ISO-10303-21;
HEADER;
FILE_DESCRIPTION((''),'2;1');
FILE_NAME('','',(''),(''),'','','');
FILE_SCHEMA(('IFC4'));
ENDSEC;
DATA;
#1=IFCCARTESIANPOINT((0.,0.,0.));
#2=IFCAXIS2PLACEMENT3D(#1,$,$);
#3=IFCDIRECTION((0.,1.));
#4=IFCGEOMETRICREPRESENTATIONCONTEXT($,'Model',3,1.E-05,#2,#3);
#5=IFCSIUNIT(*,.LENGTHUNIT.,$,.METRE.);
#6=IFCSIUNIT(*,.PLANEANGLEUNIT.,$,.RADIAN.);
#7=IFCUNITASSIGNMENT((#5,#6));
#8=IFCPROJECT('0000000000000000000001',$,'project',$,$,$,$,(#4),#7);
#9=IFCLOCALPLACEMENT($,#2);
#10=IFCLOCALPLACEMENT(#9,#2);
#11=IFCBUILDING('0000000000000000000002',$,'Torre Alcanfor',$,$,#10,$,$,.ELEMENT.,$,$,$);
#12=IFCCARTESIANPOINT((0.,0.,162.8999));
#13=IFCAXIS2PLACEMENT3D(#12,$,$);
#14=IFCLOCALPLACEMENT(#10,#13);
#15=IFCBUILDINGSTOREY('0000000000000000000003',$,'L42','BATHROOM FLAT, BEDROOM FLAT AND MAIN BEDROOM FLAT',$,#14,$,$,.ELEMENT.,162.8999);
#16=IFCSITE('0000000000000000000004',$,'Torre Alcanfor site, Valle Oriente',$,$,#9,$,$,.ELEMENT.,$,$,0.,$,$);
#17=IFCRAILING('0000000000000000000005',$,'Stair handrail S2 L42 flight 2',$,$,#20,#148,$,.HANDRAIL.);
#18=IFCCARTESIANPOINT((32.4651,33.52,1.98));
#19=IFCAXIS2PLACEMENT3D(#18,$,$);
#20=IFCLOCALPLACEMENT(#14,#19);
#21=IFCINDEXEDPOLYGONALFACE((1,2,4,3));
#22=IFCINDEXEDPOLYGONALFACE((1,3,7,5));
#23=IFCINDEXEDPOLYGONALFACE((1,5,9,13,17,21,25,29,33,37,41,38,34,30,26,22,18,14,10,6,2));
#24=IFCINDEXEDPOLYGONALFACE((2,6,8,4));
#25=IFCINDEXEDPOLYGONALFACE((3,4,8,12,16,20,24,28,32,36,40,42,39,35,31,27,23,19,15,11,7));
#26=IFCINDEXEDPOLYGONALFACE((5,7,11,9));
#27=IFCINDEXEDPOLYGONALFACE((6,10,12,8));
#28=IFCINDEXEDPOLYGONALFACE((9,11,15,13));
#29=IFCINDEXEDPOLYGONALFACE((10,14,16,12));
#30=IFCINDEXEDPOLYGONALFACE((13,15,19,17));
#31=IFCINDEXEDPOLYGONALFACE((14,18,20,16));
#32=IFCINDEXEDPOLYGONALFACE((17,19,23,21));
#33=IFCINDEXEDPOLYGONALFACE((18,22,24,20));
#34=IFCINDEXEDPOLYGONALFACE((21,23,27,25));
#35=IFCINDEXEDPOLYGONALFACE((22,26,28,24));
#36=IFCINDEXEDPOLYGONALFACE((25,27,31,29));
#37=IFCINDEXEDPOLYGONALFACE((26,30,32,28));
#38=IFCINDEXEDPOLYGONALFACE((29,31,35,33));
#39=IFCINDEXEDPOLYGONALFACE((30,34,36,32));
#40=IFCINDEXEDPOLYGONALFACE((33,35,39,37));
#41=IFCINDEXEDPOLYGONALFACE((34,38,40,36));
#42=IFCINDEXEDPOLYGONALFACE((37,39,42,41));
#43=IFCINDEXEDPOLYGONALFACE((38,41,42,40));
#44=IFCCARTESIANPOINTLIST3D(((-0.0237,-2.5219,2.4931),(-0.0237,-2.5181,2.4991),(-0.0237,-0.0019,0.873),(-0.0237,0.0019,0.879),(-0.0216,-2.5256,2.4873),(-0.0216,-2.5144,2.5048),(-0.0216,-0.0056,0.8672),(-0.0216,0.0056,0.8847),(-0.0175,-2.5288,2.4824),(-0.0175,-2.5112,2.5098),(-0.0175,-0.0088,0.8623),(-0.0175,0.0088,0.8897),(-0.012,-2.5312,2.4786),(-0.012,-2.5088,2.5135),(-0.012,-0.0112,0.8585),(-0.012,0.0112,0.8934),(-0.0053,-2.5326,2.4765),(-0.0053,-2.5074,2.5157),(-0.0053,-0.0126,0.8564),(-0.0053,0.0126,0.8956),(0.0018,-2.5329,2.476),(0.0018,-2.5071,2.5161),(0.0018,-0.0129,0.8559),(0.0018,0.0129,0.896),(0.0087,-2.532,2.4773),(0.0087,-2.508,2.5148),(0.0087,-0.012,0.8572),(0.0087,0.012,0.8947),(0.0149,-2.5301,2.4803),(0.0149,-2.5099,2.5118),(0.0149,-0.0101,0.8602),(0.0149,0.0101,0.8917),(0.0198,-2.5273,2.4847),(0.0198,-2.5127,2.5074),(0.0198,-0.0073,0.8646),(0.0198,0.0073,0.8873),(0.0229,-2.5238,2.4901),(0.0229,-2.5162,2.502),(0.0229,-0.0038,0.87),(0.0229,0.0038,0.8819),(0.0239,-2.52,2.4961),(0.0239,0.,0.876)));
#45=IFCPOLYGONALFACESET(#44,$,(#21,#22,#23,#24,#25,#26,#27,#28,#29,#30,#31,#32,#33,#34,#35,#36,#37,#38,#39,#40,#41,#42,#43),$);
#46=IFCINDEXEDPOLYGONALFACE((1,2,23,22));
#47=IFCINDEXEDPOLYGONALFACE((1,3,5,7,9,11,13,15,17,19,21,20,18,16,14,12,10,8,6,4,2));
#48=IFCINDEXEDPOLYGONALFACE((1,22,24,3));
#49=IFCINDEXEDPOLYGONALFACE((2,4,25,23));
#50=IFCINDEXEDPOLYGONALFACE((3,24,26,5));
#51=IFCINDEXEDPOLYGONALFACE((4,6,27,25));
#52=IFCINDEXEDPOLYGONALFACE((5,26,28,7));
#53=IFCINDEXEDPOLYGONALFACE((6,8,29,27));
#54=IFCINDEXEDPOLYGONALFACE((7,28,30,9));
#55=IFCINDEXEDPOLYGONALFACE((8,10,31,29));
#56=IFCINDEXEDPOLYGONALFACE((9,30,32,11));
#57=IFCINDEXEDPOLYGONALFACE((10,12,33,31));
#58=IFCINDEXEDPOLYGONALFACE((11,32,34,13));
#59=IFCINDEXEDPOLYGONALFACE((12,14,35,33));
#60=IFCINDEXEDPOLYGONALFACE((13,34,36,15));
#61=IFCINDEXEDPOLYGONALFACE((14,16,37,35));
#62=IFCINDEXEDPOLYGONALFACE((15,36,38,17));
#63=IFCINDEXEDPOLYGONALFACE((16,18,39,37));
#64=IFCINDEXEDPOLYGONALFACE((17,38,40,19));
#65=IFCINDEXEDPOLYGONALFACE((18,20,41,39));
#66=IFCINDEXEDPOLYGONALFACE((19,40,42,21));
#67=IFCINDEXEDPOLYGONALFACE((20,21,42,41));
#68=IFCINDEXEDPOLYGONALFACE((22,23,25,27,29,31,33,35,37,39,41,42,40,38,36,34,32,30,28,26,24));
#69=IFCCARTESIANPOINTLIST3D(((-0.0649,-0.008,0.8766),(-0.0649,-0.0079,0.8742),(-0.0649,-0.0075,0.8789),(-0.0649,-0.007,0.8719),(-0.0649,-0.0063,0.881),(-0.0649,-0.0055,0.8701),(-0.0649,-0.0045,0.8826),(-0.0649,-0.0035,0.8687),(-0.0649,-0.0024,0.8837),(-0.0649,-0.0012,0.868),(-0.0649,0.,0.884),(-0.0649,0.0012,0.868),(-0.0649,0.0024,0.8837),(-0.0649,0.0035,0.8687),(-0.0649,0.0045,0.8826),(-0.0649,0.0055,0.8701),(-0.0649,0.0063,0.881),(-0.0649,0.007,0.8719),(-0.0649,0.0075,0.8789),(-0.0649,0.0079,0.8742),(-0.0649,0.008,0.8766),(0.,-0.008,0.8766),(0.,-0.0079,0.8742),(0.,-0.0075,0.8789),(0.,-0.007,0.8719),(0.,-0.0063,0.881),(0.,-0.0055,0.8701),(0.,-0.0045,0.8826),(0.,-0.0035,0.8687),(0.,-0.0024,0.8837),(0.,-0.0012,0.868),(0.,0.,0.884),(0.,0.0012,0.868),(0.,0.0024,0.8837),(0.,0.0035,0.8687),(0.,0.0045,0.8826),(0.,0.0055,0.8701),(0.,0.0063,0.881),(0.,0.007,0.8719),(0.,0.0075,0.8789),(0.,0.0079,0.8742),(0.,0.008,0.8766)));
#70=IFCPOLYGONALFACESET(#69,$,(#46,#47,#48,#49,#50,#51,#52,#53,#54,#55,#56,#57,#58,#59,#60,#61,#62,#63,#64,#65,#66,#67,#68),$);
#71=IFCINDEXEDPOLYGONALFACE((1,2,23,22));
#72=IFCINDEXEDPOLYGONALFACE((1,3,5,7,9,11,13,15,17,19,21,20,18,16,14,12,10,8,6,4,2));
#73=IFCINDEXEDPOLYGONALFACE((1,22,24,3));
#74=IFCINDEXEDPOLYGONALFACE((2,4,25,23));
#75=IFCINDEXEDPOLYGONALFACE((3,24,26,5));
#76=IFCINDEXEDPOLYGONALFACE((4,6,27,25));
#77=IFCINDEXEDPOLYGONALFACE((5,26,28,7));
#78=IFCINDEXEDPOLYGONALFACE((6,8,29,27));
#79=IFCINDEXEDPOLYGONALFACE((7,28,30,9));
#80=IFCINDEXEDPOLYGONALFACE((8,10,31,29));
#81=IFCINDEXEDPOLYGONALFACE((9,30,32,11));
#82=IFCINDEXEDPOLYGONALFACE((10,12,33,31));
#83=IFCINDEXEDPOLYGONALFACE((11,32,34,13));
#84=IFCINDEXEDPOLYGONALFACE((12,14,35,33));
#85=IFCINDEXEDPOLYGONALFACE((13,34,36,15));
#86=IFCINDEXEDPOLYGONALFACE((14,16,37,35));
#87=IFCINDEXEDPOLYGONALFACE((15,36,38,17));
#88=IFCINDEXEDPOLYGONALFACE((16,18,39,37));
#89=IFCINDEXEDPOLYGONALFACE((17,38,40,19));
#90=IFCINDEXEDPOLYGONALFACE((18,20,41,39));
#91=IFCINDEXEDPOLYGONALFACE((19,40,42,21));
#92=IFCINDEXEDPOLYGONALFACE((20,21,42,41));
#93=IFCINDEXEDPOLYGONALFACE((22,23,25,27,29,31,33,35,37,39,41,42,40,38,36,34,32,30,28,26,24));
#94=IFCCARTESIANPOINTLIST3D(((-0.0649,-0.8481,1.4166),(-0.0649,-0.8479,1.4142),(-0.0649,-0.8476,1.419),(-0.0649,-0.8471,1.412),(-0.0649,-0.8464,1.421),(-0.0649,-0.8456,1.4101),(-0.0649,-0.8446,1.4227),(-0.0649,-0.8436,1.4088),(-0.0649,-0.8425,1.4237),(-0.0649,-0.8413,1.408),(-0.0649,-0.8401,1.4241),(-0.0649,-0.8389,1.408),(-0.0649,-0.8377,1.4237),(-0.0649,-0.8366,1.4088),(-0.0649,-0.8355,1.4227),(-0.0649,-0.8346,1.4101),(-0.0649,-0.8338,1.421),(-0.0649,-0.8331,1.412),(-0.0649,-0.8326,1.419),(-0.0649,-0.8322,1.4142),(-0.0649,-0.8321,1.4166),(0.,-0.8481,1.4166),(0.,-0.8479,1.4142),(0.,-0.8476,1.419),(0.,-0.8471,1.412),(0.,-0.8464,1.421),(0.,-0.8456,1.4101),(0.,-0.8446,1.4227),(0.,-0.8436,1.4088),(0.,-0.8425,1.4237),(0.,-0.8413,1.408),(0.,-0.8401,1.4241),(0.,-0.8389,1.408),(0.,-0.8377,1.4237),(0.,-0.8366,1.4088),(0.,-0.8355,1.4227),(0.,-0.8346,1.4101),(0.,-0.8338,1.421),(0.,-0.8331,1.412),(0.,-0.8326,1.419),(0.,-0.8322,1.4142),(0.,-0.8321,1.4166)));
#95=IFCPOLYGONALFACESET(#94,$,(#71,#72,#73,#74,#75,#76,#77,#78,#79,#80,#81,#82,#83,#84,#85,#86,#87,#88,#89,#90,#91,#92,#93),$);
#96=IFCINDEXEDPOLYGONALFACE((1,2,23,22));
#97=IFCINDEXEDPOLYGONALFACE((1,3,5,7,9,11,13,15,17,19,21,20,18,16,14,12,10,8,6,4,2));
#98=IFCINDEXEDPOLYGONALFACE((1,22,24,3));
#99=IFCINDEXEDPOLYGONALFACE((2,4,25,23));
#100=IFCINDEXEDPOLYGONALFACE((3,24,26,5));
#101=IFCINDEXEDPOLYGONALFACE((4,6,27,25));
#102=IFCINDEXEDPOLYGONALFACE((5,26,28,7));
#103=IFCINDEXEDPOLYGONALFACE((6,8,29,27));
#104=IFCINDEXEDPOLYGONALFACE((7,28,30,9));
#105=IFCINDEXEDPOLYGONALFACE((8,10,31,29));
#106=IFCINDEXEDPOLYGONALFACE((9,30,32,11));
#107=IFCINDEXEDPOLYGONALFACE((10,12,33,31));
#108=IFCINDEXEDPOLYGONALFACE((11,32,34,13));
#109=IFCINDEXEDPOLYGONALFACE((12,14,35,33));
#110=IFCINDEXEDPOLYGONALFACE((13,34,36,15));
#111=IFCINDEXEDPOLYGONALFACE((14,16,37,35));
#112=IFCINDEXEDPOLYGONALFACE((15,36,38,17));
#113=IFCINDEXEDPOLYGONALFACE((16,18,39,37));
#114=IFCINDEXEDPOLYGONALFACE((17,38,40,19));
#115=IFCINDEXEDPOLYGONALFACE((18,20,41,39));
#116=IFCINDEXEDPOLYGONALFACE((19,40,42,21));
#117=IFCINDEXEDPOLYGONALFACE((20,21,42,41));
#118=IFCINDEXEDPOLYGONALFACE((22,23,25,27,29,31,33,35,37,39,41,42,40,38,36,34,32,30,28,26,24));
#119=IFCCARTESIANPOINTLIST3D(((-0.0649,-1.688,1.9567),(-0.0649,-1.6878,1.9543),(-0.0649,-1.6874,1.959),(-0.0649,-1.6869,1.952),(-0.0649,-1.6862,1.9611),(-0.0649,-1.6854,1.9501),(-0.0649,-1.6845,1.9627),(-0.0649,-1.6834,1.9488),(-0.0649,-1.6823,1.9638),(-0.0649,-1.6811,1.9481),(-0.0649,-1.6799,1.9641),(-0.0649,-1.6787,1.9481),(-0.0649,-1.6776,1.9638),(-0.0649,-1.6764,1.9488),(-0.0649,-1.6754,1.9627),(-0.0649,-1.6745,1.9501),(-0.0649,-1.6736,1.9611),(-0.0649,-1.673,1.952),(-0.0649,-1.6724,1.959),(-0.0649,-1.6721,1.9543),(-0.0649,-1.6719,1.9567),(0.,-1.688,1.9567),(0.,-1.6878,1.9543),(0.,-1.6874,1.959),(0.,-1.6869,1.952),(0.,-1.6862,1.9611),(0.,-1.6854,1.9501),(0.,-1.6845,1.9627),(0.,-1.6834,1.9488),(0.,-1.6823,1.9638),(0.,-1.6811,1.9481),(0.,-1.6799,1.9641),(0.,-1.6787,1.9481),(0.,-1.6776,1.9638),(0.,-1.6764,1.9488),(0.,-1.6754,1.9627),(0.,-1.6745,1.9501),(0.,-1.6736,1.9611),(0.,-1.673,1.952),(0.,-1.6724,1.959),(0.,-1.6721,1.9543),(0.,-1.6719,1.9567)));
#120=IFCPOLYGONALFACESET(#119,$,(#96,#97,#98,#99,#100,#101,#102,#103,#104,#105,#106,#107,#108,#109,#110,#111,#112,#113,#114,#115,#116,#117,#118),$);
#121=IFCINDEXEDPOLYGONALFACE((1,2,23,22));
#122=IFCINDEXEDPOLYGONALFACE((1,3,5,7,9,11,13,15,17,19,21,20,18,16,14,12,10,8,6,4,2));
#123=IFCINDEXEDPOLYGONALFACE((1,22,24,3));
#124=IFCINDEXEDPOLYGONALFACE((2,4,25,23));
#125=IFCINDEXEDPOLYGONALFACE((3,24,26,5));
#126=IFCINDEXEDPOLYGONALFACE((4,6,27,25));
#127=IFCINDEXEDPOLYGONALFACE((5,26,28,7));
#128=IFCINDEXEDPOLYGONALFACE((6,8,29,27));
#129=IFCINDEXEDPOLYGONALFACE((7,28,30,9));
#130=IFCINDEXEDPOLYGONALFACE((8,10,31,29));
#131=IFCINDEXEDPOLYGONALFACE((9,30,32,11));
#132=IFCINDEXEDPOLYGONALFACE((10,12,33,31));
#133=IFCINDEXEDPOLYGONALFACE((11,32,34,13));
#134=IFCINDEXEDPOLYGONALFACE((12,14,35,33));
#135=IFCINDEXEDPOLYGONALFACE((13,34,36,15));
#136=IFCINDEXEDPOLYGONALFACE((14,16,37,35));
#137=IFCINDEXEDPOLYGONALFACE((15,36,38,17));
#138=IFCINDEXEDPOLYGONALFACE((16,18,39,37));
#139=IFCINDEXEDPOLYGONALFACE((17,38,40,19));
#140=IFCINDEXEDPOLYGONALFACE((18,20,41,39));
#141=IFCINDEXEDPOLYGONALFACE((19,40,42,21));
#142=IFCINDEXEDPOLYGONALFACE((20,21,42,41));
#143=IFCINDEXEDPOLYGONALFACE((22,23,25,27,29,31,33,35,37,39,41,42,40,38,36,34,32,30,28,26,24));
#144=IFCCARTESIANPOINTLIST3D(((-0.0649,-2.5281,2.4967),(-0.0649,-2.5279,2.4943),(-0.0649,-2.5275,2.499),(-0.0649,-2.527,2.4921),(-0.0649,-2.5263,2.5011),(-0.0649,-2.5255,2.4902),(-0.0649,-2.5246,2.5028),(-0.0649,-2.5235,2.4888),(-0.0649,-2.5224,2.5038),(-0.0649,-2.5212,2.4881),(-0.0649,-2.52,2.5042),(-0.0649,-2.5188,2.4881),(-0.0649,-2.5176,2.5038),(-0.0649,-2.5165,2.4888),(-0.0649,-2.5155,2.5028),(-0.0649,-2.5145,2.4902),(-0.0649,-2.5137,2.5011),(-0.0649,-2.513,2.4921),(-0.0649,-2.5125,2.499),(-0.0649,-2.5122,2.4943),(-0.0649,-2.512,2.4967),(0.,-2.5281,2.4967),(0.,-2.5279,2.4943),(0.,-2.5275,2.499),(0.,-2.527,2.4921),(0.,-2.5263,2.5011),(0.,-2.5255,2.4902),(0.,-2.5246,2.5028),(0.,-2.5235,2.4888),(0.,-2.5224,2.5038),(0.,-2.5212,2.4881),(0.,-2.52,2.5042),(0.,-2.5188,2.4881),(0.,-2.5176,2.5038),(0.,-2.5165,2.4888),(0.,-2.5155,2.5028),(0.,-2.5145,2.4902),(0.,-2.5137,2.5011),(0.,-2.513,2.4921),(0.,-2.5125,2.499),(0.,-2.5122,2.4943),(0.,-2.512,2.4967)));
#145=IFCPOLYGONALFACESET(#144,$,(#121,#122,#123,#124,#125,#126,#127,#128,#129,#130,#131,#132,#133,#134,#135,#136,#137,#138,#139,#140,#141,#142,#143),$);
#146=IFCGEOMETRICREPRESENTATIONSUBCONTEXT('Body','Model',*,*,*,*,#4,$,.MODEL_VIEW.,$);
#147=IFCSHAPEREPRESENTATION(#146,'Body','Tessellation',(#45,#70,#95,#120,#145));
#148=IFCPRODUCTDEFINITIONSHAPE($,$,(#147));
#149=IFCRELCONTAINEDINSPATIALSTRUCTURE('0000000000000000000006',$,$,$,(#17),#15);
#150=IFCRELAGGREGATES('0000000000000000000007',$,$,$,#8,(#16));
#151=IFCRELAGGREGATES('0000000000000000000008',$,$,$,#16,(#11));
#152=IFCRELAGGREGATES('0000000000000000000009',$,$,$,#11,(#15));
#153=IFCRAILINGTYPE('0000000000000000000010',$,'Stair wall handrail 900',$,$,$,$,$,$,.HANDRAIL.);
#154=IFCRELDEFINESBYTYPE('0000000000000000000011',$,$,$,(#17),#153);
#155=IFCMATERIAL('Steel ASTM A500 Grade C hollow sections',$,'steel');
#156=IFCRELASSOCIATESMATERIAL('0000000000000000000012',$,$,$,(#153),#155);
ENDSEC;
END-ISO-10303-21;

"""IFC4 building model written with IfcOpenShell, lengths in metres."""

from ifc_helpers import new_model, si_unit, direction, frame, origin, origin_2d, place, context, subcontext, project, spatial, circle, extrude, material, type_object, element, save


model = new_model("IFC4")

# Units and contexts
model_context = context("Model", 3, precision=1e-05, world=origin(), true_north=direction((0.0, 1.0)))
body_context = subcontext(model_context, "Body", "Model", "MODEL_VIEW")
ifc_project = project(units=[si_unit("LENGTHUNIT", "METRE"), si_unit("PLANEANGLEUNIT", "RADIAN")], contexts=[model_context])

# Site, building, storey
site_placement = place(None, origin())
site = spatial("IfcSite", under=ifc_project, at=site_placement, Name="Torre Alcanfor site, Valle Oriente", CompositionType="ELEMENT", RefElevation=0.0)
building_placement = place(site_placement, origin())
building = spatial("IfcBuilding", under=site, at=building_placement, Name="Torre Alcanfor", CompositionType="ELEMENT")
storey_placement = place(building_placement, frame((0.0, 0.0, 162.8999)))
storey = spatial("IfcBuildingStorey", under=building, at=storey_placement, Name="L42", Description="BATHROOM FLAT, BEDROOM FLAT AND MAIN BEDROOM FLAT", CompositionType="ELEMENT", Elevation=162.8999)

# Railing
ifc_material_1 = material(Name="Steel ASTM A500 Grade C hollow sections", Category="steel")
railing_type_1 = type_object("IfcRailingType", Name="Stair wall handrail 900", PredefinedType="HANDRAIL", material=ifc_material_1)
railing_1_placement = place(storey_placement, frame((32.4651, 33.52, 1.98)))
element("IfcRailing", 1, at=railing_1_placement, inside=storey, type_object=railing_type_1, Name="Stair handrail S2 L42 flight 2", PredefinedType="HANDRAIL", context=body_context, shape_type="SweptSolid", body=[
    extrude(circle(Radius=0.0239, at=origin_2d()), frame((0.0, 0.0, 0.876), z_axis=(0.0, -0.841163, 0.540782), x_axis=(1.0, 0.0, 0.0)), (0.0, 0.0, 1.0), 2.9958),
    extrude(circle(Radius=0.0081, at=origin_2d()), frame((0.0, 0.0, 0.876), z_axis=(-1.0, 0.0, 0.0), x_axis=(0.0, 0.0, 1.0)), (0.0, 0.0, 1.0), 0.0649),
    extrude(circle(Radius=0.0081, at=origin_2d()), frame((0.0, -0.8401, 1.416), z_axis=(-1.0, 0.0, 0.0), x_axis=(0.0, 0.0, 1.0)), (0.0, 0.0, 1.0), 0.0649),
    extrude(circle(Radius=0.0081, at=origin_2d()), frame((0.0, -1.6799, 1.9561), z_axis=(-1.0, 0.0, 0.0), x_axis=(0.0, 0.0, 1.0)), (0.0, 0.0, 1.0), 0.0649),
    extrude(circle(Radius=0.0081, at=origin_2d()), frame((0.0, -2.52, 2.4961), z_axis=(-1.0, 0.0, 0.0), x_axis=(0.0, 0.0, 1.0)), (0.0, 0.0, 1.0), 0.0649),
])

save(model, "model.ifc")
